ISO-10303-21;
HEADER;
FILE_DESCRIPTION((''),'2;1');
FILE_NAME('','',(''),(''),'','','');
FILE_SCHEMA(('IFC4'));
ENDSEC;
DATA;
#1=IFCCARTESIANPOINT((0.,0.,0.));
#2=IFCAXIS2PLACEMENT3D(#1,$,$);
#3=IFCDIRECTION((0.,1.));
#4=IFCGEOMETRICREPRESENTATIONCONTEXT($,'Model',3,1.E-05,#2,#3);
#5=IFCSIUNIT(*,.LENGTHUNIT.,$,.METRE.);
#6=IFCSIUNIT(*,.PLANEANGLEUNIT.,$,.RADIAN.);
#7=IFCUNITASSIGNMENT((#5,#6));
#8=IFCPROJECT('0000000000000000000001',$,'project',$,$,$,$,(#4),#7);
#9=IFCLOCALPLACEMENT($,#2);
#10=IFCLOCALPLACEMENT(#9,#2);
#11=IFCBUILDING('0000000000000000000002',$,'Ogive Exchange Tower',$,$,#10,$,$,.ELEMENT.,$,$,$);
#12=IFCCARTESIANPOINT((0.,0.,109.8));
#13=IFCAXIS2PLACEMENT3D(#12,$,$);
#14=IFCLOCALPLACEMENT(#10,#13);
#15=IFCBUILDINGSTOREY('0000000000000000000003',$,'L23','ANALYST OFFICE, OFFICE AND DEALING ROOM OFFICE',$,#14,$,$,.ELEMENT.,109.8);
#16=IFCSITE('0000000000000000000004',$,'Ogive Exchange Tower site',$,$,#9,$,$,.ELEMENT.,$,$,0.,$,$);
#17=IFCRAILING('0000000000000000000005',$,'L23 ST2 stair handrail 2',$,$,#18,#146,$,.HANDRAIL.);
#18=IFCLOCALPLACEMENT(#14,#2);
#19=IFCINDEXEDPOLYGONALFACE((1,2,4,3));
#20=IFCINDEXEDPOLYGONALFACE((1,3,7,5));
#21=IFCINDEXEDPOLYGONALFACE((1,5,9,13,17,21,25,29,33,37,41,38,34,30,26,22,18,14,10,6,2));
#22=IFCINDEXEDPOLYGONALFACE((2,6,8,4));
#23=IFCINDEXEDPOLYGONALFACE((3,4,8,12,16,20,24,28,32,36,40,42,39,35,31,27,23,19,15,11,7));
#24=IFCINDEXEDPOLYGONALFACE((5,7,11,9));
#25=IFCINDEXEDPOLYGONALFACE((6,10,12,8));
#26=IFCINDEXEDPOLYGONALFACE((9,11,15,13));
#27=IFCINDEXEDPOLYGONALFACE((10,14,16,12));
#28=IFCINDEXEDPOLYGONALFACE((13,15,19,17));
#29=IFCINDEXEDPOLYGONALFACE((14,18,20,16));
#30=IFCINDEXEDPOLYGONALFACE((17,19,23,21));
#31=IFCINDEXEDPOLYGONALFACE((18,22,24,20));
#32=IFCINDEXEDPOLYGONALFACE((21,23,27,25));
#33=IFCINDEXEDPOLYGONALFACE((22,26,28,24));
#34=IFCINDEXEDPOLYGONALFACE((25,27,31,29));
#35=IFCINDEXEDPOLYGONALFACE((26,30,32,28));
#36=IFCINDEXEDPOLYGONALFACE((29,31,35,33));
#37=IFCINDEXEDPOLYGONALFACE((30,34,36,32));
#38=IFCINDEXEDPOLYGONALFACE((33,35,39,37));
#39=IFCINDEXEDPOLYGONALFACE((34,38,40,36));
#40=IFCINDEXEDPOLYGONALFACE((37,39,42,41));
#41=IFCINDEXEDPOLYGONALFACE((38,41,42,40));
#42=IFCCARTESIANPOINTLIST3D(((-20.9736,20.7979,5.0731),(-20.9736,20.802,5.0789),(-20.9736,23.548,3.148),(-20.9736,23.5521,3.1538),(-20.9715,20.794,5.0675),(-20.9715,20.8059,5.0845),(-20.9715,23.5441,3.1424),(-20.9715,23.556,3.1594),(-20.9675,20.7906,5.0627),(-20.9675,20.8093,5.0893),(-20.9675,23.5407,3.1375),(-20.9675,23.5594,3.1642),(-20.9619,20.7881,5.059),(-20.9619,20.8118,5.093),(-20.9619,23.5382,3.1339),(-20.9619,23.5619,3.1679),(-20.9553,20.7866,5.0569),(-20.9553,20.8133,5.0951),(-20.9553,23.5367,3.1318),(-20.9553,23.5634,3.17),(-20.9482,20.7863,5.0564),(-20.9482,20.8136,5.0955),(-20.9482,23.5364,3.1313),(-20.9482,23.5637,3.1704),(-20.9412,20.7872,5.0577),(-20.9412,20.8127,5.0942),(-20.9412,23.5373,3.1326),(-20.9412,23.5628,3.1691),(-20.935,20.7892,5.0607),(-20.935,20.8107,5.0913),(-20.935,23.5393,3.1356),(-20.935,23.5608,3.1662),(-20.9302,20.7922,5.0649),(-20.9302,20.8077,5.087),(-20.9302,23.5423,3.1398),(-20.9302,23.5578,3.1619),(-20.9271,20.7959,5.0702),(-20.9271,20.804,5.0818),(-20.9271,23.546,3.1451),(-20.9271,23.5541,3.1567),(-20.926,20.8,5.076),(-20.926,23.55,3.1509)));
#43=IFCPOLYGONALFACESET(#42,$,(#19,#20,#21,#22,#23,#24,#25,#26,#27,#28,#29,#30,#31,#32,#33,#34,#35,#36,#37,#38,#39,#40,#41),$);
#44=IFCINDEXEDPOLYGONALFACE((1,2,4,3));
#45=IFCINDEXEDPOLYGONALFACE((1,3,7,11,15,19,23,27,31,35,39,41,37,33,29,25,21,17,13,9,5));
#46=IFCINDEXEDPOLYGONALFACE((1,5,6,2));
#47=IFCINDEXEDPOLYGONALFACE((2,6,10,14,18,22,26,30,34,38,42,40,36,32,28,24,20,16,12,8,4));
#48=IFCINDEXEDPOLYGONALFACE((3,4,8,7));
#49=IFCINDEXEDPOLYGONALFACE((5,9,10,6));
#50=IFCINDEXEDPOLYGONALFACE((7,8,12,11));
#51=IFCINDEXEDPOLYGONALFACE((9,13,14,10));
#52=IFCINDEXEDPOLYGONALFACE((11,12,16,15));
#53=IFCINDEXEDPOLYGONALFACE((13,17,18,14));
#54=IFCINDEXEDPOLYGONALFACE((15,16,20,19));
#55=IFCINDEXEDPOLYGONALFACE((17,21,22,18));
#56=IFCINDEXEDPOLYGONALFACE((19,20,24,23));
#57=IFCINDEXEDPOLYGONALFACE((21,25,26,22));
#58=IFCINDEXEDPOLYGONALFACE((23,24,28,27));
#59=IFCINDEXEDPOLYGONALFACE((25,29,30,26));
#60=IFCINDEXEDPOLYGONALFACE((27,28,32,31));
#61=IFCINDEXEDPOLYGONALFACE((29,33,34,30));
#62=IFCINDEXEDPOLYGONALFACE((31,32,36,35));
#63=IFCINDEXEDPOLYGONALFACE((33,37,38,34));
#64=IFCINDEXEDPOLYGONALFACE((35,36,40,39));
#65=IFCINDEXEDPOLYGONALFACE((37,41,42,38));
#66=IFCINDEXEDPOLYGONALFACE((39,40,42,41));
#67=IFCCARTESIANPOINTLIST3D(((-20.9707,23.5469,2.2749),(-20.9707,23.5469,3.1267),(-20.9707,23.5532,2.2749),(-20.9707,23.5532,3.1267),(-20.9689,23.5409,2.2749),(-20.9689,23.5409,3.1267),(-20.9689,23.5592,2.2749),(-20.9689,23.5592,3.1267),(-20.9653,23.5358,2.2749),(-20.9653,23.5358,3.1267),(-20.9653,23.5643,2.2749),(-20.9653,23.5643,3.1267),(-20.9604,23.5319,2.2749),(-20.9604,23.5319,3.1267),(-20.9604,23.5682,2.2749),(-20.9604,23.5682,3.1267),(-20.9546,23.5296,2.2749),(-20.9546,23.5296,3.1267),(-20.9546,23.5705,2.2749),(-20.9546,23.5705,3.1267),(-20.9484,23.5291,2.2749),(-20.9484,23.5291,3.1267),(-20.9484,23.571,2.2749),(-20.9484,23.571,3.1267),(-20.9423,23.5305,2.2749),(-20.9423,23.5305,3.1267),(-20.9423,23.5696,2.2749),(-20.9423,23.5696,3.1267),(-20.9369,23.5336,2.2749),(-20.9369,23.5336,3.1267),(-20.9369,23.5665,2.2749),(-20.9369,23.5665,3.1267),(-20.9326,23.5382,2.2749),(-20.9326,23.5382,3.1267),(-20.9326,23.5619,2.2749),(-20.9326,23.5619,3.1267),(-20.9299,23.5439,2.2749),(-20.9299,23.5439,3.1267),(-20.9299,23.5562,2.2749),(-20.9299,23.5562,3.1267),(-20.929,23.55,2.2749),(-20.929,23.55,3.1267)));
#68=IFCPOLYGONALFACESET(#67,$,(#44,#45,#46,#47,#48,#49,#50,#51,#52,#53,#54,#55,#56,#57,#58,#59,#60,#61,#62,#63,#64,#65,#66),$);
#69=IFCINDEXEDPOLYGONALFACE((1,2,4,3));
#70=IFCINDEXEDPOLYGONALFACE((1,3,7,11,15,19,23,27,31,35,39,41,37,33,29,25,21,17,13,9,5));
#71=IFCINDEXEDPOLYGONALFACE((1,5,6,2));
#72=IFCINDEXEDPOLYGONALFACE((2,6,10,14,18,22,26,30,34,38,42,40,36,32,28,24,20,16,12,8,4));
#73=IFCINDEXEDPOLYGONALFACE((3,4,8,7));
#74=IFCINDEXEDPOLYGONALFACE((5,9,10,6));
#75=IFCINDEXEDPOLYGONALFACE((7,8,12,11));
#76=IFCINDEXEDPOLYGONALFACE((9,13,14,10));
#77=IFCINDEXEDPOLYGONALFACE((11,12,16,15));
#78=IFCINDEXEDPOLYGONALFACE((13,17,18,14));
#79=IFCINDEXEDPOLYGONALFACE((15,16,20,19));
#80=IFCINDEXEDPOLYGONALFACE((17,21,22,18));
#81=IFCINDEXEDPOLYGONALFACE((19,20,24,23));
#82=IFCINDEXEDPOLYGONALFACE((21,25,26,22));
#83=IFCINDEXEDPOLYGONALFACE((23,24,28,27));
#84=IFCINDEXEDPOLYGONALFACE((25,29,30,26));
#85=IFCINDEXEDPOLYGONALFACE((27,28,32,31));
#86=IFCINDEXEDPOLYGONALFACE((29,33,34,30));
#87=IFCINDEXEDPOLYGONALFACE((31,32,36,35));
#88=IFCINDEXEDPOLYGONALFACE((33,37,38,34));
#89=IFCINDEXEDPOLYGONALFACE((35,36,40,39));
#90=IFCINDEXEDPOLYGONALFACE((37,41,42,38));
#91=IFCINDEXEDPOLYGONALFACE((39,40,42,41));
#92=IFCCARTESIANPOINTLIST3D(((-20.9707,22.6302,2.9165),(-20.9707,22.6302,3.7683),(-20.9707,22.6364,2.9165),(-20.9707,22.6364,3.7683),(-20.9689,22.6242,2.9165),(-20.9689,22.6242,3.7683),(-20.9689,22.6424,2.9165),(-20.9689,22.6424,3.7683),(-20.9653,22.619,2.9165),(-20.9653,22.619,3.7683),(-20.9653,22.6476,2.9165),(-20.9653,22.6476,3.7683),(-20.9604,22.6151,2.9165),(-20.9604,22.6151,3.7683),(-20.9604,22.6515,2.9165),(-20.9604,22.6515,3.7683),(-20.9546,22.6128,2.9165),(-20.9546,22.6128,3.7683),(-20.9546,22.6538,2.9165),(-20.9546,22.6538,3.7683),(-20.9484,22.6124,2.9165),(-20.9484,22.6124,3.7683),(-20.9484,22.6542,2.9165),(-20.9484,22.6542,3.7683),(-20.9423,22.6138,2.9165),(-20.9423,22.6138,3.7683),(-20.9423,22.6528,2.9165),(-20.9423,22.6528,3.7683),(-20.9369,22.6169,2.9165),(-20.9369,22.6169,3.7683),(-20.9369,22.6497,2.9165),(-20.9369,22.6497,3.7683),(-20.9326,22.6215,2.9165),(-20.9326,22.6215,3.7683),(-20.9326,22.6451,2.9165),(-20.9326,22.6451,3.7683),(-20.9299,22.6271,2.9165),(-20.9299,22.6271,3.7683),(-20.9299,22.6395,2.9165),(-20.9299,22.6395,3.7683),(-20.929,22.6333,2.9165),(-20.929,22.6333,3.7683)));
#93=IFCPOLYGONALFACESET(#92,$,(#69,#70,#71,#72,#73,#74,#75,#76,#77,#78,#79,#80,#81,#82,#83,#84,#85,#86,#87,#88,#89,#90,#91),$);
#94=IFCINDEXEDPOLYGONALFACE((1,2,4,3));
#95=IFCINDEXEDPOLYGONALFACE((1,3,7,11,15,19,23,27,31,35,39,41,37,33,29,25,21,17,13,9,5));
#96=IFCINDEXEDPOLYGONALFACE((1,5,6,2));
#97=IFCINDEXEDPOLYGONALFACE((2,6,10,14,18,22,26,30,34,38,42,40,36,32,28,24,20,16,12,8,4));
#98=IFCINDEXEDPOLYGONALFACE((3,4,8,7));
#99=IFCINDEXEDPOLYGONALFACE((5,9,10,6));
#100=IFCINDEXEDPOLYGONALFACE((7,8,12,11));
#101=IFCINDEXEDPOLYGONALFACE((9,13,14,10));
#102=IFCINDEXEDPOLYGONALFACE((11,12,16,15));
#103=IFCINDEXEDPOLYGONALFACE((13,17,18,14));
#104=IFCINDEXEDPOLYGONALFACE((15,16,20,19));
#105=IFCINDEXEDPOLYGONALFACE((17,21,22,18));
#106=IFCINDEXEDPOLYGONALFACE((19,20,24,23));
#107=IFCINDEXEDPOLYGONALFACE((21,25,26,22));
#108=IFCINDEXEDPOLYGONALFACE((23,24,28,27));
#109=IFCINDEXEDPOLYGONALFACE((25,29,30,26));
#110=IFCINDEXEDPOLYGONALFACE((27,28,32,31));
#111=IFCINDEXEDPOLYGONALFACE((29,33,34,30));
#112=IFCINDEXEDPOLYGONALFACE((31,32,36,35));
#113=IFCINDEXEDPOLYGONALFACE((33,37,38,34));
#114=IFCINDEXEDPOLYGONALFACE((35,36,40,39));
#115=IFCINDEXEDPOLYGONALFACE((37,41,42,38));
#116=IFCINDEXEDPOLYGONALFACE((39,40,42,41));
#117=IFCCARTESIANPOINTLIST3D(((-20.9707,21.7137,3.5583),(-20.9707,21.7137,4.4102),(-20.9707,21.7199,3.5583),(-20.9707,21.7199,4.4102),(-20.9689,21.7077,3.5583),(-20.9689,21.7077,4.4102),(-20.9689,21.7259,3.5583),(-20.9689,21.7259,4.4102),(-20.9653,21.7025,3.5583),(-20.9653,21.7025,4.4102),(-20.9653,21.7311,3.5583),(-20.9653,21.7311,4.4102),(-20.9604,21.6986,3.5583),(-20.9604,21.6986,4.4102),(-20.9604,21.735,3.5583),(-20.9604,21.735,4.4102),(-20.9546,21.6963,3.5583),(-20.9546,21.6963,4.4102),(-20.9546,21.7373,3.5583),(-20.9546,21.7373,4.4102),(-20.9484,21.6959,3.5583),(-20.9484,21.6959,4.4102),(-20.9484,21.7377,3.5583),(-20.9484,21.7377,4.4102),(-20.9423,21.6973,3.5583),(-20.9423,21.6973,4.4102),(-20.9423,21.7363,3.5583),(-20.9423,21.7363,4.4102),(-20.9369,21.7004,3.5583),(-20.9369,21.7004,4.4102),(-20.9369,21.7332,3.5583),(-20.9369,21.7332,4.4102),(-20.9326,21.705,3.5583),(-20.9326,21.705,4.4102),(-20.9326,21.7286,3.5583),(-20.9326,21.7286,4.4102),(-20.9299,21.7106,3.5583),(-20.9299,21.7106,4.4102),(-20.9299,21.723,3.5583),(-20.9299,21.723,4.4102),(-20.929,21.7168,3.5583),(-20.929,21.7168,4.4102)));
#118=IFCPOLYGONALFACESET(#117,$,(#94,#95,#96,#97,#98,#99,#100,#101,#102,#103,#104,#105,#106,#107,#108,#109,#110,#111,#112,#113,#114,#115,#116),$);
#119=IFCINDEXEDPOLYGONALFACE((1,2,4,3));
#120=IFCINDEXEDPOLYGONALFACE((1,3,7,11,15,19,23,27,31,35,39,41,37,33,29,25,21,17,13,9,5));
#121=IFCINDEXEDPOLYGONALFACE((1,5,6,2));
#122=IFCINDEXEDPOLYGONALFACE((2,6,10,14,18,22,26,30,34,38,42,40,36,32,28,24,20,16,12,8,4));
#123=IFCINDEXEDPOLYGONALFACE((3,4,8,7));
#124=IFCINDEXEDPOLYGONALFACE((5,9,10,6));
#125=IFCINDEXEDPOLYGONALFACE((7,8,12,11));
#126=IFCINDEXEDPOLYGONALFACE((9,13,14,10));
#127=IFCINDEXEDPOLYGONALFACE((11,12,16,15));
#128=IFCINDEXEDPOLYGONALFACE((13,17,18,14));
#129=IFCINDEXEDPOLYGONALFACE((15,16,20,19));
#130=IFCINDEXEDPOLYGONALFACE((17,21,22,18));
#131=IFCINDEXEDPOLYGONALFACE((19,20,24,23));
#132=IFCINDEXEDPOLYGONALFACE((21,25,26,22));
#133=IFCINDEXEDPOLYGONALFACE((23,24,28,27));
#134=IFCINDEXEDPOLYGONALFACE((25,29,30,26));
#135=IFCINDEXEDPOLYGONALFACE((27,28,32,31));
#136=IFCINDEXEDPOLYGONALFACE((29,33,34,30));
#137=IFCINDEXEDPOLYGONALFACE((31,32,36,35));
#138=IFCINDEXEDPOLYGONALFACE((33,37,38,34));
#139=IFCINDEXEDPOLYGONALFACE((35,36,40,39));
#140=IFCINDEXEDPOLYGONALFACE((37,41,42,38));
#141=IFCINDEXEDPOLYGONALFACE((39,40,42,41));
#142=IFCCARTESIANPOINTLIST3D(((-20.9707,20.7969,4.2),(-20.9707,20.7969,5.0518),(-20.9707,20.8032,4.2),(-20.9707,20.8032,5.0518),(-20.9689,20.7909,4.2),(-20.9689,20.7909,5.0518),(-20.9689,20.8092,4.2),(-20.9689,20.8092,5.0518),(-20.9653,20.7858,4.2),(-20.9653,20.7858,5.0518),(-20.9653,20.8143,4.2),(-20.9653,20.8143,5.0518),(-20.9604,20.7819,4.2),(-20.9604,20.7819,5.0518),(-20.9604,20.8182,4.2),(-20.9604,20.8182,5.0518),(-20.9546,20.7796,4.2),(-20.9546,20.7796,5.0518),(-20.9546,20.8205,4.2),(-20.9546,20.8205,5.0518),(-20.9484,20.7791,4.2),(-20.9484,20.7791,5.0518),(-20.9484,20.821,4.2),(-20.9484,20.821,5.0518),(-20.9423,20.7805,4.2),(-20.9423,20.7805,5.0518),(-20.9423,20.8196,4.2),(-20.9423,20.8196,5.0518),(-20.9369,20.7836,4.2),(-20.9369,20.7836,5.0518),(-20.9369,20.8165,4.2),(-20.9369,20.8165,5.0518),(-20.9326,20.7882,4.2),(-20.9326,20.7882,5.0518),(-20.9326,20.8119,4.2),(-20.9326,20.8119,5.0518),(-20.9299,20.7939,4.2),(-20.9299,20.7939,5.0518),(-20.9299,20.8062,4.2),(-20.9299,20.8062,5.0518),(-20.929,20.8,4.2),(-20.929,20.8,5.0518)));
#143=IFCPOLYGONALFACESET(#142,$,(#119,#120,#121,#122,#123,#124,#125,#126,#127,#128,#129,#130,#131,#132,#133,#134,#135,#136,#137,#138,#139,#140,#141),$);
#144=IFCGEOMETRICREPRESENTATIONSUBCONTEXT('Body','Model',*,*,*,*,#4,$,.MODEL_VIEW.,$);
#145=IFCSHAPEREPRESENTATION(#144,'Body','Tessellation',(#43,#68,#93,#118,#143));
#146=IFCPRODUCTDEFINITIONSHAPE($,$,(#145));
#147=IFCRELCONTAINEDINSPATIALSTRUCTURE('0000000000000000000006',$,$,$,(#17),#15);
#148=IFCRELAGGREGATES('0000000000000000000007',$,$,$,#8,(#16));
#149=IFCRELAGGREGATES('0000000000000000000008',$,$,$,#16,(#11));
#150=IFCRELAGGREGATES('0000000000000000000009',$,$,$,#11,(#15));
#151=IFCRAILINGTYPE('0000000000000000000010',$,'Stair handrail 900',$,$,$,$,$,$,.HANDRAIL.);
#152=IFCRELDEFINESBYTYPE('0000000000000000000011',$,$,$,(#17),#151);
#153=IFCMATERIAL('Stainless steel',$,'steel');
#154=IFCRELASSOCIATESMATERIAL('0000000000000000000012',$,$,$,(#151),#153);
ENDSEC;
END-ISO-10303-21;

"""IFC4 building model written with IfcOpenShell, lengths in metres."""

from ifc_helpers import new_model, si_unit, direction, frame, origin, origin_2d, place, context, subcontext, project, spatial, circle, extrude, material, type_object, element, save


model = new_model("IFC4")

# Units and contexts
model_context = context("Model", 3, precision=1e-05, world=origin(), true_north=direction((0.0, 1.0)))
body_context = subcontext(model_context, "Body", "Model", "MODEL_VIEW")
ifc_project = project(units=[si_unit("LENGTHUNIT", "METRE"), si_unit("PLANEANGLEUNIT", "RADIAN")], contexts=[model_context])

# Site, building, storey
site_placement = place(None, origin())
site = spatial("IfcSite", under=ifc_project, at=site_placement, Name="Ogive Exchange Tower site", CompositionType="ELEMENT", RefElevation=0.0)
building_placement = place(site_placement, origin())
building = spatial("IfcBuilding", under=site, at=building_placement, Name="Ogive Exchange Tower", CompositionType="ELEMENT")
storey_placement = place(building_placement, frame((0.0, 0.0, 109.8)))
storey = spatial("IfcBuildingStorey", under=building, at=storey_placement, Name="L23", Description="ANALYST OFFICE, OFFICE AND DEALING ROOM OFFICE", CompositionType="ELEMENT", Elevation=109.8)

# Railing
ifc_material_1 = material(Name="Stainless steel", Category="steel")
railing_type = type_object("IfcRailingType", Name="Stair handrail 900", PredefinedType="HANDRAIL", material=ifc_material_1)
railing_placement = place(storey_placement, frame((-20.95, 23.55, 2.2749)))
element("IfcRailing", 1, at=railing_placement, inside=storey, type_object=railing_type, Name="L23 ST2 stair handrail 2", PredefinedType="HANDRAIL", context=body_context, shape_type="SweptSolid", body=[
    extrude(circle(Radius=0.0239, at=origin_2d()), frame((0.0, 0.0, 0.876), z_axis=(0.0, -0.819225, 0.573472), x_axis=(1.0, 0.0, 0.0)), (0.0, 0.0, 1.0), 3.3569),
    extrude(circle(Radius=0.021, at=origin_2d()), origin(), (0.0, 0.0, 1.0), 0.8518),
    extrude(circle(Radius=0.021, at=origin_2d()), frame((0.0, -0.9167, 0.6416)), (0.0, 0.0, 1.0), 0.8518),
    extrude(circle(Radius=0.021, at=origin_2d()), frame((0.0, -1.8333, 1.2834)), (0.0, 0.0, 1.0), 0.8518),
    extrude(circle(Radius=0.021, at=origin_2d()), frame((0.0, -2.75, 1.925)), (0.0, 0.0, 1.0), 0.8518),
])

save(model, "model.ifc")
